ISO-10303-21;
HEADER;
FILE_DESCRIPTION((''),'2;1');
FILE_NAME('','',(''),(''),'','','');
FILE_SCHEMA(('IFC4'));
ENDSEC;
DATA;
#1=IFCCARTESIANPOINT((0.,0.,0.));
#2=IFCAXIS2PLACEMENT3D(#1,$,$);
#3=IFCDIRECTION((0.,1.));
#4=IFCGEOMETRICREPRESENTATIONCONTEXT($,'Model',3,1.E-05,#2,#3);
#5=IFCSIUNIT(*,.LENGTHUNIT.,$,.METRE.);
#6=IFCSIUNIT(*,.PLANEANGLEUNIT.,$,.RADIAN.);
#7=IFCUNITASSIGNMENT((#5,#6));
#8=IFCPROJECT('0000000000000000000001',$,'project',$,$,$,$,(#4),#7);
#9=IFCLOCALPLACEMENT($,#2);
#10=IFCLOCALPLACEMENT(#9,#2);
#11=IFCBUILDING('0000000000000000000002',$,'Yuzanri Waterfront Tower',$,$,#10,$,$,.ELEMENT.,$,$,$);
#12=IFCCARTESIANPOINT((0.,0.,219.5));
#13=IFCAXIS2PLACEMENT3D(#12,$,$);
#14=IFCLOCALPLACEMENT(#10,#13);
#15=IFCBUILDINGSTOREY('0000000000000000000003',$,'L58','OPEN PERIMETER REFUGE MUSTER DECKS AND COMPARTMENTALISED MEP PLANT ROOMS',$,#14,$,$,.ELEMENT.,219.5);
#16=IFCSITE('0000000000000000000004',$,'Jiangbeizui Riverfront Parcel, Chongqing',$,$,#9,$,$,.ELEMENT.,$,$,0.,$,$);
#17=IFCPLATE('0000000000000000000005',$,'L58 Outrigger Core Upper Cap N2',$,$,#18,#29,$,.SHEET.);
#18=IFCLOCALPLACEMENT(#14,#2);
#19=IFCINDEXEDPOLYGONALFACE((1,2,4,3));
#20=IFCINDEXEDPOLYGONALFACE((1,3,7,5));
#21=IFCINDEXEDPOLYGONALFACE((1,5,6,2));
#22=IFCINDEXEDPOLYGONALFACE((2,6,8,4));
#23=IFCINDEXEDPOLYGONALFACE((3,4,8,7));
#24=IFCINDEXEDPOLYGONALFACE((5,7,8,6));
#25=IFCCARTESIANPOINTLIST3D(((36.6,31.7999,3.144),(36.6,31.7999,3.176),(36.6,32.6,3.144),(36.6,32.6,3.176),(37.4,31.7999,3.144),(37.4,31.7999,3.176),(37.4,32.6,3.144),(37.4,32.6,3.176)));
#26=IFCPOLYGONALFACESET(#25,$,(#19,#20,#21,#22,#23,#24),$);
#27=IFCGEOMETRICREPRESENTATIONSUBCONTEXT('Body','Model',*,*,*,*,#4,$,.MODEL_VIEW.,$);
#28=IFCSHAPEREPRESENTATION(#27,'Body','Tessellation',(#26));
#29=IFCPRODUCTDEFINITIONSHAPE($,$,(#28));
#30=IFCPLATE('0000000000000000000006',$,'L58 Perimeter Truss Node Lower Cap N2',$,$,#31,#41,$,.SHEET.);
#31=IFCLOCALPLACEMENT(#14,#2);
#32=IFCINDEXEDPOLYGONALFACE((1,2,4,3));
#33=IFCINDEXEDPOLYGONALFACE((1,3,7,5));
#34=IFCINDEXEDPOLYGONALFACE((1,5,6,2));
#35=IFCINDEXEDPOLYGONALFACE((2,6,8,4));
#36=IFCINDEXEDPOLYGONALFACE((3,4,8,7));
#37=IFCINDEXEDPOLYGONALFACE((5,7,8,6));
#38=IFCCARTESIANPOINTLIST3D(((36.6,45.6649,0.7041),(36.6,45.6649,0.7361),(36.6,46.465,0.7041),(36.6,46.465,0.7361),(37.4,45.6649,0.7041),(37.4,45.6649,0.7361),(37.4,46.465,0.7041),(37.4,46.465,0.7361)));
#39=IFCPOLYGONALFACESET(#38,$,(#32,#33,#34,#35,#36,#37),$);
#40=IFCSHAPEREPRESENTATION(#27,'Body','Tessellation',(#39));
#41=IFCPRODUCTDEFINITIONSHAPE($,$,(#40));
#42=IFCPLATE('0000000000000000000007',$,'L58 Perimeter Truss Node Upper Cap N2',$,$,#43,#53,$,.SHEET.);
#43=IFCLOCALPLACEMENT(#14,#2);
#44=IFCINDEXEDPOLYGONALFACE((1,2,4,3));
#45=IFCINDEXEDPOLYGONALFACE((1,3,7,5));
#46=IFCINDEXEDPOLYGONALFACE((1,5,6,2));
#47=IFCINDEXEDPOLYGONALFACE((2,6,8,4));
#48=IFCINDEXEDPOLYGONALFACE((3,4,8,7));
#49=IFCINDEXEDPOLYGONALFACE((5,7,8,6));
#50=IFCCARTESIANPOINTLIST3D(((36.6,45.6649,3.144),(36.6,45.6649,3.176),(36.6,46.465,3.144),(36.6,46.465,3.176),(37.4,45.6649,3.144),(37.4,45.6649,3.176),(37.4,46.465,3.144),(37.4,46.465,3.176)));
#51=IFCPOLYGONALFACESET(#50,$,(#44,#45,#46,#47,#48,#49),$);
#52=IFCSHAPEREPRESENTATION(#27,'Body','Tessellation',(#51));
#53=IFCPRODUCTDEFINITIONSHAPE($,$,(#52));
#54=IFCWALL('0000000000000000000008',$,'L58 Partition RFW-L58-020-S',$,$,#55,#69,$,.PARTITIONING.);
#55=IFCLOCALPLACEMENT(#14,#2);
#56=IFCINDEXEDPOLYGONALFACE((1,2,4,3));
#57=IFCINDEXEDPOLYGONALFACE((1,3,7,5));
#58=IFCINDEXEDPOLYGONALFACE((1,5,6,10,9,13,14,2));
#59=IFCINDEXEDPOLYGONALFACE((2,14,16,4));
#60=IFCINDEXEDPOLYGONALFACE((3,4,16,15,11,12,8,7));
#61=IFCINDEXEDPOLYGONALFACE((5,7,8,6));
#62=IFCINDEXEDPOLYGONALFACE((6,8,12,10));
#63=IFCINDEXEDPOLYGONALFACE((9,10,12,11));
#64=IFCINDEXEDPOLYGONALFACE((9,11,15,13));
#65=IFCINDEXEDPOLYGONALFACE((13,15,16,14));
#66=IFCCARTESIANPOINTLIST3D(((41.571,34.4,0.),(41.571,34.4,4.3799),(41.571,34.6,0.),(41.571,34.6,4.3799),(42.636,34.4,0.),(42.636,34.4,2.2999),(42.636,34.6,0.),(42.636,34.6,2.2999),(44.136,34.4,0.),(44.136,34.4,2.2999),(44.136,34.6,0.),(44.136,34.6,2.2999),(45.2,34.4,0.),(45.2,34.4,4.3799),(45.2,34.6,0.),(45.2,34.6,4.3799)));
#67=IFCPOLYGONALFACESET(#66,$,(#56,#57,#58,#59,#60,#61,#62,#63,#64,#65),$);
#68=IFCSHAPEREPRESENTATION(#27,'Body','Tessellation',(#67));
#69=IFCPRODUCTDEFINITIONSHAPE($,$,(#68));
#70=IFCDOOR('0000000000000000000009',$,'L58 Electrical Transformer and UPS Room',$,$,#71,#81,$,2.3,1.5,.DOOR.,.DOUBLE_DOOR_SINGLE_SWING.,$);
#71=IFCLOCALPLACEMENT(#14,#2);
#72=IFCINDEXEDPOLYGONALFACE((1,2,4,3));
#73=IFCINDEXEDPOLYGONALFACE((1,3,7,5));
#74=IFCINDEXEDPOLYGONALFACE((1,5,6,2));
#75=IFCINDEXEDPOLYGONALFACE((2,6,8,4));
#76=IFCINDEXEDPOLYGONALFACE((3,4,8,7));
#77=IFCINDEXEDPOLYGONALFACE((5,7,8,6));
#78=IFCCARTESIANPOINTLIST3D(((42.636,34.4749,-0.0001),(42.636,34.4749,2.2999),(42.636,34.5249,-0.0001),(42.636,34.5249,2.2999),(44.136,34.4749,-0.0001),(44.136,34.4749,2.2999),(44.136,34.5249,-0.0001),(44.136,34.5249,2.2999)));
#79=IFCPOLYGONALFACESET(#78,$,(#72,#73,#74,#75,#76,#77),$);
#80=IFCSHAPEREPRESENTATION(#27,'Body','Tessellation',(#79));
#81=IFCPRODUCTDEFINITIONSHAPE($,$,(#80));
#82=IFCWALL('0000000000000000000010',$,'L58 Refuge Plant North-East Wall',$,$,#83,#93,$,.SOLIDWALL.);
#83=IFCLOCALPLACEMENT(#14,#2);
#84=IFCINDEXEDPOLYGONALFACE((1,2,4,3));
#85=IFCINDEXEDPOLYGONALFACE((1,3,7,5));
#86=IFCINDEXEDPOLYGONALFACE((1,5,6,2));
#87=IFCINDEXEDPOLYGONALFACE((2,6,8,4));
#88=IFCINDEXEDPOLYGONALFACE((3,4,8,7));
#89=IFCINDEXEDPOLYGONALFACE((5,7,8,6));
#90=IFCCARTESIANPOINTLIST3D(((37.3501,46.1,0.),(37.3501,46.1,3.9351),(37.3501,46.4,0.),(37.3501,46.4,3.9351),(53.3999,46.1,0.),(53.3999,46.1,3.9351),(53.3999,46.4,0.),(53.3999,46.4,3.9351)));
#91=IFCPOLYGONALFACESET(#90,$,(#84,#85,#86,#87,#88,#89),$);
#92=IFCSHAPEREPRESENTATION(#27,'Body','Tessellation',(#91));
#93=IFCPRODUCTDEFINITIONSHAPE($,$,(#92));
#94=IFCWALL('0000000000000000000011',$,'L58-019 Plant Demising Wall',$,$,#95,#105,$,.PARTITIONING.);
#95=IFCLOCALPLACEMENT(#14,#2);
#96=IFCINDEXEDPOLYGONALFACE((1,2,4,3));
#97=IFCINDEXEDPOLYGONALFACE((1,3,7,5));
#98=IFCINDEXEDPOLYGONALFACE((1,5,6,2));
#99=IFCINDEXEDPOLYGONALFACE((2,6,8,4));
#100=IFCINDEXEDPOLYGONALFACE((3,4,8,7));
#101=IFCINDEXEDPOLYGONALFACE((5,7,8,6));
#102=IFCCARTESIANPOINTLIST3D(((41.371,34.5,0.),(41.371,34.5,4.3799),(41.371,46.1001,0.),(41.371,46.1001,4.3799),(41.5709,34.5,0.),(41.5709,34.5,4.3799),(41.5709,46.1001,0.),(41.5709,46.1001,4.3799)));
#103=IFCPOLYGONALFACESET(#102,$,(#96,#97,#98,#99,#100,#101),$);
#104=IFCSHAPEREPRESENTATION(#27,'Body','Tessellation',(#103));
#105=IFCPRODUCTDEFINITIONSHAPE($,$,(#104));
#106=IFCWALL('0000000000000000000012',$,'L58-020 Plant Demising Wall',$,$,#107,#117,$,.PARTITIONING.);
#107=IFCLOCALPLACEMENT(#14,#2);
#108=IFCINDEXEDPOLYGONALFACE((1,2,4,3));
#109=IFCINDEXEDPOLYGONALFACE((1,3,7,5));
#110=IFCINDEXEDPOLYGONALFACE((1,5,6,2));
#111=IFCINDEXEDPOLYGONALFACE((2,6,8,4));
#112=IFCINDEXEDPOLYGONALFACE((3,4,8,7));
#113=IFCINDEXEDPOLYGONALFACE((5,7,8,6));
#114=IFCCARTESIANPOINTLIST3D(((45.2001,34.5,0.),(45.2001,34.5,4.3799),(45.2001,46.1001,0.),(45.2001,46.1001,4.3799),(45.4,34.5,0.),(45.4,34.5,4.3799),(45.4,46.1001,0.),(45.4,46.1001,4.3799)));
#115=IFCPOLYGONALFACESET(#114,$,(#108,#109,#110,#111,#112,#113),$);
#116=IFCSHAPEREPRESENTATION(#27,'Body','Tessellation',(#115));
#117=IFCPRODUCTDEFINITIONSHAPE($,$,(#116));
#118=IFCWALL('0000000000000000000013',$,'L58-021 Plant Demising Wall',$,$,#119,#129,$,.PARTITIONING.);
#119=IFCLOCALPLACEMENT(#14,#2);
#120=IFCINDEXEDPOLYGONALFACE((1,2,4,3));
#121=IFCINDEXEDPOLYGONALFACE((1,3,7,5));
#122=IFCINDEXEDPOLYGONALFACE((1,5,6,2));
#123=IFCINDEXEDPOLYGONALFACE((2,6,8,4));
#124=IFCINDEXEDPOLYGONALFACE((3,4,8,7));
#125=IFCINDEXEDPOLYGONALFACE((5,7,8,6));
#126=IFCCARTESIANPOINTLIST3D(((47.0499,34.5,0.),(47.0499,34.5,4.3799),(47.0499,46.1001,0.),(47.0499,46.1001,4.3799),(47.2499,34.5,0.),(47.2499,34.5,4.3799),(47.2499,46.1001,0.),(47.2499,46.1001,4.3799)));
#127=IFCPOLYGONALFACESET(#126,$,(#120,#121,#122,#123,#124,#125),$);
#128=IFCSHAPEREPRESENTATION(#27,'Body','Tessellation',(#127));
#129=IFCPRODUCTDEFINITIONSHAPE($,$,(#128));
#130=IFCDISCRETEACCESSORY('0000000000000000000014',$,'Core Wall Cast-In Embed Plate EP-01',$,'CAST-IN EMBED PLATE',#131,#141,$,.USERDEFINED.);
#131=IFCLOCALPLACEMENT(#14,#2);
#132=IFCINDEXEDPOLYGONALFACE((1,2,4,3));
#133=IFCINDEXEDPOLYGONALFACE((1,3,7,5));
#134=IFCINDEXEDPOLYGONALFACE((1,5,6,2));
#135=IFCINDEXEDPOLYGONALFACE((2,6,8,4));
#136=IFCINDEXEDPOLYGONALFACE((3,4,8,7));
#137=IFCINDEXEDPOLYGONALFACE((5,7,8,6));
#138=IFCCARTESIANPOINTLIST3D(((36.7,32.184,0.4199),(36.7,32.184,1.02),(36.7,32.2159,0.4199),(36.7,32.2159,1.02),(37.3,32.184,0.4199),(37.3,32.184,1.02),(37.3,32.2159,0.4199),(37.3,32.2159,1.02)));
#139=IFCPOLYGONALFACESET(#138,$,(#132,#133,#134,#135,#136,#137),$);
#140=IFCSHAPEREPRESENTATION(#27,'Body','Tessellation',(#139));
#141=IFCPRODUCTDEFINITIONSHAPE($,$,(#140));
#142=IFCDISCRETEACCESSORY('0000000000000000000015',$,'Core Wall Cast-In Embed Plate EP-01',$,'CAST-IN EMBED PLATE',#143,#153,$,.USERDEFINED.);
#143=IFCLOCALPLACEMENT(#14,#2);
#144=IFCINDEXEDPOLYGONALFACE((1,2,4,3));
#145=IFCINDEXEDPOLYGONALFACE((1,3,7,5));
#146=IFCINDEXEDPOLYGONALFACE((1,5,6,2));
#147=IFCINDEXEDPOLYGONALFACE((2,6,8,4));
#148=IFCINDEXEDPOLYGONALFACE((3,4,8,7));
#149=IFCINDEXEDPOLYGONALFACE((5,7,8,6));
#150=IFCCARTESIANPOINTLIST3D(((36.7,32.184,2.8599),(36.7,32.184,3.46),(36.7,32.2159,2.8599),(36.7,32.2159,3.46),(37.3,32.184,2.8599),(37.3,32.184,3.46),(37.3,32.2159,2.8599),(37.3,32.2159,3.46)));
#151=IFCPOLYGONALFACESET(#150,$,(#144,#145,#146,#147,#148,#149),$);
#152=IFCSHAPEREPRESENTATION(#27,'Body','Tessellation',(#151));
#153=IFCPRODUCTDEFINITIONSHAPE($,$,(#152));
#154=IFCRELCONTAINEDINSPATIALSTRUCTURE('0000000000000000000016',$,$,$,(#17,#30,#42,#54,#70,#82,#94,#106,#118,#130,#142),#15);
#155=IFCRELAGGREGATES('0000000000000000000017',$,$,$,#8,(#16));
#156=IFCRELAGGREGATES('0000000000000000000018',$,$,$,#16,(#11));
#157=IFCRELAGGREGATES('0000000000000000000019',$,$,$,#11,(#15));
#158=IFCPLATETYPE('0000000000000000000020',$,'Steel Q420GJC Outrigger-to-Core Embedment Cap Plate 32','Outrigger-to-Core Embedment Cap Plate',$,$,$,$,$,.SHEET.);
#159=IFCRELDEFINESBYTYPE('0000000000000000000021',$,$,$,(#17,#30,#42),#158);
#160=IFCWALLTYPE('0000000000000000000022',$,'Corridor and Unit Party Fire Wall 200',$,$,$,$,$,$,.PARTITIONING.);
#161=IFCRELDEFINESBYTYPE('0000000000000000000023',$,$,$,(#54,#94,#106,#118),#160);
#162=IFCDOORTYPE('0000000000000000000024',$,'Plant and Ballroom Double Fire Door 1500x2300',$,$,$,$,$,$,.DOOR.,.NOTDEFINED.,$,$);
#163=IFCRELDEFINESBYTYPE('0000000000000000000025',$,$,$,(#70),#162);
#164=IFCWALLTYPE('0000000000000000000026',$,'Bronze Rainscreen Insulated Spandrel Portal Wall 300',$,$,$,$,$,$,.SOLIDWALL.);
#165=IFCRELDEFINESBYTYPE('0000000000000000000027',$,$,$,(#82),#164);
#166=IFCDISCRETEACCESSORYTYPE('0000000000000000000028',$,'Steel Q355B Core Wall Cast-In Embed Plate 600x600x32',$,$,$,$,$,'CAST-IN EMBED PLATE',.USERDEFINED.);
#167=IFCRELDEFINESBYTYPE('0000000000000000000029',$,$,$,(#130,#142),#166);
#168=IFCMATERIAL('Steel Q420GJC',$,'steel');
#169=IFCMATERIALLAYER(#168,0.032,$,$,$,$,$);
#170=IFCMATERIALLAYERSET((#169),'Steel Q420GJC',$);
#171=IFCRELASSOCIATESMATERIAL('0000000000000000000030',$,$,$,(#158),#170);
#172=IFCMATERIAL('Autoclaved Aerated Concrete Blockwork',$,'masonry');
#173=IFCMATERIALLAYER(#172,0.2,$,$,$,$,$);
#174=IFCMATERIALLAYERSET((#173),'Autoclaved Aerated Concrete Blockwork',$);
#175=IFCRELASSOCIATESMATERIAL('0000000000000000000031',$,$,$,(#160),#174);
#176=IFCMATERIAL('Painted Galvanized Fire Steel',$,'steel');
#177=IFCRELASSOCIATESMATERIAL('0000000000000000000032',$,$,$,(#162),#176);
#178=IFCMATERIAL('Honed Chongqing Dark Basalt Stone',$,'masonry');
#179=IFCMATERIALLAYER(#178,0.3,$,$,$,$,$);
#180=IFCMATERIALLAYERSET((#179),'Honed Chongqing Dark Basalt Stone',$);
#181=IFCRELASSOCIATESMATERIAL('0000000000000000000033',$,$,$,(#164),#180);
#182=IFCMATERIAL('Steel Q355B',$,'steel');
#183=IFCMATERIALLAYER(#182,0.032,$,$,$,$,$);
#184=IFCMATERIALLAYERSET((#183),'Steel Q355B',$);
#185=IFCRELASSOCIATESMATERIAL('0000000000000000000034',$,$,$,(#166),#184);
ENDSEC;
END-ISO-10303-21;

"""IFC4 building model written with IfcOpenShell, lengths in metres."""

from ifc_helpers import new_model, si_unit, direction, frame, frame_2d, origin, origin_2d, place, context, subcontext, project, spatial, rectangle, extrude, source, transform, mapped, material, layer, layer_set, type_object, element, fill, save


model = new_model("IFC4")

# Units and contexts
model_context = context("Model", 3, precision=1e-05, world=origin(), true_north=direction((0.0, 1.0)))
body_context = subcontext(model_context, "Body", "Model", "MODEL_VIEW")
ifc_project = project(units=[si_unit("LENGTHUNIT", "METRE"), si_unit("PLANEANGLEUNIT", "RADIAN")], contexts=[model_context])

# Site, building, storey
site_placement = place(None, origin())
site = spatial("IfcSite", under=ifc_project, at=site_placement, Name="Jiangbeizui Riverfront Parcel, Chongqing", CompositionType="ELEMENT", RefElevation=0.0)
building_placement = place(site_placement, origin())
building = spatial("IfcBuilding", under=site, at=building_placement, Name="Yuzanri Waterfront Tower", CompositionType="ELEMENT")
storey_placement = place(building_placement, frame((0.0, 0.0, 219.5)))
storey = spatial("IfcBuildingStorey", under=building, at=storey_placement, Name="L58", Description="OPEN PERIMETER REFUGE MUSTER DECKS AND COMPARTMENTALISED MEP PLANT ROOMS", CompositionType="ELEMENT", Elevation=219.5)

# Plates
ifc_material_1 = material(Name="Steel Q420GJC", Category="steel")
ifc_layer_1 = layer(ifc_material_1, 0.032)
ifc_layer_set_1 = layer_set([ifc_layer_1], Name="Steel Q420GJC")
plate_type = type_object("IfcPlateType", Name="Steel Q420GJC Outrigger-to-Core Embedment Cap Plate 32", Description="Outrigger-to-Core Embedment Cap Plate", PredefinedType="SHEET", material=ifc_layer_set_1)
shared_shape_1 = source(origin(), body_context, "Body", "SweptSolid", [
    extrude(rectangle(XDim=0.8, YDim=0.8, at=origin_2d()), origin(), (0.0, 0.0, 1.0), 0.032),
])
for number, where, z_axis, x_axis, name in (
    (1, (37.0, 32.2, 3.144), (0.0, 0.0, 1.0), (1.0, 0.0, 0.0), "L58 Outrigger Core Upper Cap N2"),
    (2, (37.0, 46.0649, 0.7041), (0.0, 0.0, 1.0), (1.0, 0.0, 0.0), "L58 Perimeter Truss Node Lower Cap N2"),
    (3, (37.0, 46.0649, 3.144), (0.0, 0.0, 1.0), (1.0, 0.0, 0.0), "L58 Perimeter Truss Node Upper Cap N2"),
):
    element("IfcPlate", number, at=place(storey_placement, frame(where, z_axis=z_axis, x_axis=x_axis)), inside=storey, type_object=plate_type, Name=name, PredefinedType="SHEET", context=body_context, shape_type="MappedRepresentation", body=[
        mapped(shared_shape_1, transform((0.0, 0.0, 0.0), scale=1.0)),
    ])

# Wall, opening, door
ifc_material_2 = material(Name="Autoclaved Aerated Concrete Blockwork", Category="masonry")
ifc_layer_2 = layer(ifc_material_2, 0.2)
ifc_layer_set_2 = layer_set([ifc_layer_2], Name="Autoclaved Aerated Concrete Blockwork")
wall_type_1 = type_object("IfcWallType", Name="Corridor and Unit Party Fire Wall 200", PredefinedType="PARTITIONING", material=ifc_layer_set_2)
wall_1_placement = place(storey_placement, frame((41.571, 34.5, 0.0), z_axis=(0.0, 0.0, 1.0), x_axis=(1.0, 0.0, 0.0)))
wall_1 = element("IfcWall", 4, at=wall_1_placement, inside=storey, type_object=wall_type_1, Name="L58 Partition RFW-L58-020-S", PredefinedType="PARTITIONING", context=body_context, shape_type="SweptSolid", body=[
    extrude(rectangle(XDim=3.6289, YDim=0.2, at=frame_2d((1.8145, 0.0))), origin(), (0.0, 0.0, 1.0), 4.3799),
])
opening_1_placement = place(wall_1_placement, frame((1.0649, 0.0, 0.0)))
opening_1 = element("IfcOpeningElement", 5, at=opening_1_placement, cuts=wall_1, PredefinedType="OPENING", context=body_context, shape_type="SweptSolid", body=[
    extrude(rectangle(XDim=1.5, YDim=2.3, at=frame_2d((0.75, 1.1499))), frame((0.0, 0.1147, 0.0), z_axis=(0.0, -1.0, 0.0), x_axis=(1.0, 0.0, 0.0)), (0.0, 0.0, 1.0), 0.2297),
])
ifc_material_3 = material(Name="Painted Galvanized Fire Steel", Category="steel")
door_type_1 = type_object("IfcDoorType", Name="Plant and Ballroom Double Fire Door 1500x2300", OperationType="NOTDEFINED", PredefinedType="DOOR", material=ifc_material_3)
shared_shape_2 = source(origin(), body_context, "Body", "SweptSolid", [
    extrude(rectangle(XDim=1.5, YDim=2.3, at=frame_2d((0.75, 1.1499))), frame((0.0, 0.0249, 0.0), z_axis=(0.0, -1.0, 0.0), x_axis=(1.0, 0.0, 0.0)), (0.0, 0.0, 1.0), 0.05),
])
door_1_placement = place(opening_1_placement, origin())
door_1 = element("IfcDoor", 6, at=door_1_placement, inside=storey, type_object=door_type_1, Name="L58 Electrical Transformer and UPS Room", OperationType="DOUBLE_DOOR_SINGLE_SWING", OverallHeight=2.3, OverallWidth=1.5, PredefinedType="DOOR", context=body_context, shape_type="MappedRepresentation", body=[
    mapped(shared_shape_2, transform((0.0, 0.0, 0.0), scale=1.0)),
])
fill(opening_1, door_1)

# Walls
ifc_material_4 = material(Name="Honed Chongqing Dark Basalt Stone", Category="masonry")
ifc_layer_3 = layer(ifc_material_4, 0.3)
ifc_layer_set_3 = layer_set([ifc_layer_3], Name="Honed Chongqing Dark Basalt Stone")
wall_type_2 = type_object("IfcWallType", Name="Bronze Rainscreen Insulated Spandrel Portal Wall 300", PredefinedType="SOLIDWALL", material=ifc_layer_set_3)
shared_shape_3 = source(origin(), body_context, "Body", "SweptSolid", [
    extrude(rectangle(XDim=16.0498, YDim=0.3, at=frame_2d((8.0249, 0.0))), origin(), (0.0, 0.0, 1.0), 3.9351),
])
wall_2_placement = place(storey_placement, frame((37.3501, 46.25, 0.0), z_axis=(0.0, 0.0, 1.0), x_axis=(1.0, 0.0, 0.0)))
element("IfcWall", 7, at=wall_2_placement, inside=storey, type_object=wall_type_2, Name="L58 Refuge Plant North-East Wall", PredefinedType="SOLIDWALL", context=body_context, shape_type="MappedRepresentation", body=[
    mapped(shared_shape_3, transform((0.0, 0.0, 0.0), scale=1.0)),
])
shared_shape_4 = source(origin(), body_context, "Body", "SweptSolid", [
    extrude(rectangle(XDim=11.6001, YDim=0.2, at=frame_2d((5.8, 0.0))), origin(), (0.0, 0.0, 1.0), 4.3799),
])
for number, where, z_axis, x_axis, name in (
    (8, (41.4709, 34.5, 0.0), (0.0, 0.0, 1.0), (0.0, 1.0, 0.0), "L58-019 Plant Demising Wall"),
    (9, (45.3, 34.5, 0.0), (0.0, 0.0, 1.0), (0.0, 1.0, 0.0), "L58-020 Plant Demising Wall"),
    (10, (47.1499, 34.5, 0.0), (0.0, 0.0, 1.0), (0.0, 1.0, 0.0), "L58-021 Plant Demising Wall"),
):
    element("IfcWall", number, at=place(storey_placement, frame(where, z_axis=z_axis, x_axis=x_axis)), inside=storey, type_object=wall_type_1, Name=name, PredefinedType="PARTITIONING", context=body_context, shape_type="MappedRepresentation", body=[
        mapped(shared_shape_4, transform((0.0, 0.0, 0.0), scale=1.0)),
    ])

# Discrete accessories
ifc_material_5 = material(Name="Steel Q355B", Category="steel")
ifc_layer_4 = layer(ifc_material_5, 0.032)
ifc_layer_set_4 = layer_set([ifc_layer_4], Name="Steel Q355B")
discrete_accessory_type = type_object("IfcDiscreteAccessoryType", Name="Steel Q355B Core Wall Cast-In Embed Plate 600x600x32", ElementType="CAST-IN EMBED PLATE", PredefinedType="USERDEFINED", material=ifc_layer_set_4)
shared_shape_5 = source(origin(), body_context, "Body", "SweptSolid", [
    extrude(rectangle(XDim=0.6001, YDim=0.032, at=origin_2d()), origin(), (0.0, 0.0, 1.0), 0.6001),
])
for number, where, z_axis, x_axis, name in (
    (11, (37.0, 32.2, 0.4199), (0.0, 0.0, 1.0), (1.0, 0.0, 0.0), "Core Wall Cast-In Embed Plate EP-01"),
    (12, (37.0, 32.2, 2.8599), (0.0, 0.0, 1.0), (1.0, 0.0, 0.0), "Core Wall Cast-In Embed Plate EP-01"),
):
    element("IfcDiscreteAccessory", number, at=place(storey_placement, frame(where, z_axis=z_axis, x_axis=x_axis)), inside=storey, type_object=discrete_accessory_type, Name=name, ObjectType="CAST-IN EMBED PLATE", PredefinedType="USERDEFINED", context=body_context, shape_type="MappedRepresentation", body=[
        mapped(shared_shape_5, transform((0.0, 0.0, 0.0), scale=1.0)),
    ])

save(model, "model.ifc")
